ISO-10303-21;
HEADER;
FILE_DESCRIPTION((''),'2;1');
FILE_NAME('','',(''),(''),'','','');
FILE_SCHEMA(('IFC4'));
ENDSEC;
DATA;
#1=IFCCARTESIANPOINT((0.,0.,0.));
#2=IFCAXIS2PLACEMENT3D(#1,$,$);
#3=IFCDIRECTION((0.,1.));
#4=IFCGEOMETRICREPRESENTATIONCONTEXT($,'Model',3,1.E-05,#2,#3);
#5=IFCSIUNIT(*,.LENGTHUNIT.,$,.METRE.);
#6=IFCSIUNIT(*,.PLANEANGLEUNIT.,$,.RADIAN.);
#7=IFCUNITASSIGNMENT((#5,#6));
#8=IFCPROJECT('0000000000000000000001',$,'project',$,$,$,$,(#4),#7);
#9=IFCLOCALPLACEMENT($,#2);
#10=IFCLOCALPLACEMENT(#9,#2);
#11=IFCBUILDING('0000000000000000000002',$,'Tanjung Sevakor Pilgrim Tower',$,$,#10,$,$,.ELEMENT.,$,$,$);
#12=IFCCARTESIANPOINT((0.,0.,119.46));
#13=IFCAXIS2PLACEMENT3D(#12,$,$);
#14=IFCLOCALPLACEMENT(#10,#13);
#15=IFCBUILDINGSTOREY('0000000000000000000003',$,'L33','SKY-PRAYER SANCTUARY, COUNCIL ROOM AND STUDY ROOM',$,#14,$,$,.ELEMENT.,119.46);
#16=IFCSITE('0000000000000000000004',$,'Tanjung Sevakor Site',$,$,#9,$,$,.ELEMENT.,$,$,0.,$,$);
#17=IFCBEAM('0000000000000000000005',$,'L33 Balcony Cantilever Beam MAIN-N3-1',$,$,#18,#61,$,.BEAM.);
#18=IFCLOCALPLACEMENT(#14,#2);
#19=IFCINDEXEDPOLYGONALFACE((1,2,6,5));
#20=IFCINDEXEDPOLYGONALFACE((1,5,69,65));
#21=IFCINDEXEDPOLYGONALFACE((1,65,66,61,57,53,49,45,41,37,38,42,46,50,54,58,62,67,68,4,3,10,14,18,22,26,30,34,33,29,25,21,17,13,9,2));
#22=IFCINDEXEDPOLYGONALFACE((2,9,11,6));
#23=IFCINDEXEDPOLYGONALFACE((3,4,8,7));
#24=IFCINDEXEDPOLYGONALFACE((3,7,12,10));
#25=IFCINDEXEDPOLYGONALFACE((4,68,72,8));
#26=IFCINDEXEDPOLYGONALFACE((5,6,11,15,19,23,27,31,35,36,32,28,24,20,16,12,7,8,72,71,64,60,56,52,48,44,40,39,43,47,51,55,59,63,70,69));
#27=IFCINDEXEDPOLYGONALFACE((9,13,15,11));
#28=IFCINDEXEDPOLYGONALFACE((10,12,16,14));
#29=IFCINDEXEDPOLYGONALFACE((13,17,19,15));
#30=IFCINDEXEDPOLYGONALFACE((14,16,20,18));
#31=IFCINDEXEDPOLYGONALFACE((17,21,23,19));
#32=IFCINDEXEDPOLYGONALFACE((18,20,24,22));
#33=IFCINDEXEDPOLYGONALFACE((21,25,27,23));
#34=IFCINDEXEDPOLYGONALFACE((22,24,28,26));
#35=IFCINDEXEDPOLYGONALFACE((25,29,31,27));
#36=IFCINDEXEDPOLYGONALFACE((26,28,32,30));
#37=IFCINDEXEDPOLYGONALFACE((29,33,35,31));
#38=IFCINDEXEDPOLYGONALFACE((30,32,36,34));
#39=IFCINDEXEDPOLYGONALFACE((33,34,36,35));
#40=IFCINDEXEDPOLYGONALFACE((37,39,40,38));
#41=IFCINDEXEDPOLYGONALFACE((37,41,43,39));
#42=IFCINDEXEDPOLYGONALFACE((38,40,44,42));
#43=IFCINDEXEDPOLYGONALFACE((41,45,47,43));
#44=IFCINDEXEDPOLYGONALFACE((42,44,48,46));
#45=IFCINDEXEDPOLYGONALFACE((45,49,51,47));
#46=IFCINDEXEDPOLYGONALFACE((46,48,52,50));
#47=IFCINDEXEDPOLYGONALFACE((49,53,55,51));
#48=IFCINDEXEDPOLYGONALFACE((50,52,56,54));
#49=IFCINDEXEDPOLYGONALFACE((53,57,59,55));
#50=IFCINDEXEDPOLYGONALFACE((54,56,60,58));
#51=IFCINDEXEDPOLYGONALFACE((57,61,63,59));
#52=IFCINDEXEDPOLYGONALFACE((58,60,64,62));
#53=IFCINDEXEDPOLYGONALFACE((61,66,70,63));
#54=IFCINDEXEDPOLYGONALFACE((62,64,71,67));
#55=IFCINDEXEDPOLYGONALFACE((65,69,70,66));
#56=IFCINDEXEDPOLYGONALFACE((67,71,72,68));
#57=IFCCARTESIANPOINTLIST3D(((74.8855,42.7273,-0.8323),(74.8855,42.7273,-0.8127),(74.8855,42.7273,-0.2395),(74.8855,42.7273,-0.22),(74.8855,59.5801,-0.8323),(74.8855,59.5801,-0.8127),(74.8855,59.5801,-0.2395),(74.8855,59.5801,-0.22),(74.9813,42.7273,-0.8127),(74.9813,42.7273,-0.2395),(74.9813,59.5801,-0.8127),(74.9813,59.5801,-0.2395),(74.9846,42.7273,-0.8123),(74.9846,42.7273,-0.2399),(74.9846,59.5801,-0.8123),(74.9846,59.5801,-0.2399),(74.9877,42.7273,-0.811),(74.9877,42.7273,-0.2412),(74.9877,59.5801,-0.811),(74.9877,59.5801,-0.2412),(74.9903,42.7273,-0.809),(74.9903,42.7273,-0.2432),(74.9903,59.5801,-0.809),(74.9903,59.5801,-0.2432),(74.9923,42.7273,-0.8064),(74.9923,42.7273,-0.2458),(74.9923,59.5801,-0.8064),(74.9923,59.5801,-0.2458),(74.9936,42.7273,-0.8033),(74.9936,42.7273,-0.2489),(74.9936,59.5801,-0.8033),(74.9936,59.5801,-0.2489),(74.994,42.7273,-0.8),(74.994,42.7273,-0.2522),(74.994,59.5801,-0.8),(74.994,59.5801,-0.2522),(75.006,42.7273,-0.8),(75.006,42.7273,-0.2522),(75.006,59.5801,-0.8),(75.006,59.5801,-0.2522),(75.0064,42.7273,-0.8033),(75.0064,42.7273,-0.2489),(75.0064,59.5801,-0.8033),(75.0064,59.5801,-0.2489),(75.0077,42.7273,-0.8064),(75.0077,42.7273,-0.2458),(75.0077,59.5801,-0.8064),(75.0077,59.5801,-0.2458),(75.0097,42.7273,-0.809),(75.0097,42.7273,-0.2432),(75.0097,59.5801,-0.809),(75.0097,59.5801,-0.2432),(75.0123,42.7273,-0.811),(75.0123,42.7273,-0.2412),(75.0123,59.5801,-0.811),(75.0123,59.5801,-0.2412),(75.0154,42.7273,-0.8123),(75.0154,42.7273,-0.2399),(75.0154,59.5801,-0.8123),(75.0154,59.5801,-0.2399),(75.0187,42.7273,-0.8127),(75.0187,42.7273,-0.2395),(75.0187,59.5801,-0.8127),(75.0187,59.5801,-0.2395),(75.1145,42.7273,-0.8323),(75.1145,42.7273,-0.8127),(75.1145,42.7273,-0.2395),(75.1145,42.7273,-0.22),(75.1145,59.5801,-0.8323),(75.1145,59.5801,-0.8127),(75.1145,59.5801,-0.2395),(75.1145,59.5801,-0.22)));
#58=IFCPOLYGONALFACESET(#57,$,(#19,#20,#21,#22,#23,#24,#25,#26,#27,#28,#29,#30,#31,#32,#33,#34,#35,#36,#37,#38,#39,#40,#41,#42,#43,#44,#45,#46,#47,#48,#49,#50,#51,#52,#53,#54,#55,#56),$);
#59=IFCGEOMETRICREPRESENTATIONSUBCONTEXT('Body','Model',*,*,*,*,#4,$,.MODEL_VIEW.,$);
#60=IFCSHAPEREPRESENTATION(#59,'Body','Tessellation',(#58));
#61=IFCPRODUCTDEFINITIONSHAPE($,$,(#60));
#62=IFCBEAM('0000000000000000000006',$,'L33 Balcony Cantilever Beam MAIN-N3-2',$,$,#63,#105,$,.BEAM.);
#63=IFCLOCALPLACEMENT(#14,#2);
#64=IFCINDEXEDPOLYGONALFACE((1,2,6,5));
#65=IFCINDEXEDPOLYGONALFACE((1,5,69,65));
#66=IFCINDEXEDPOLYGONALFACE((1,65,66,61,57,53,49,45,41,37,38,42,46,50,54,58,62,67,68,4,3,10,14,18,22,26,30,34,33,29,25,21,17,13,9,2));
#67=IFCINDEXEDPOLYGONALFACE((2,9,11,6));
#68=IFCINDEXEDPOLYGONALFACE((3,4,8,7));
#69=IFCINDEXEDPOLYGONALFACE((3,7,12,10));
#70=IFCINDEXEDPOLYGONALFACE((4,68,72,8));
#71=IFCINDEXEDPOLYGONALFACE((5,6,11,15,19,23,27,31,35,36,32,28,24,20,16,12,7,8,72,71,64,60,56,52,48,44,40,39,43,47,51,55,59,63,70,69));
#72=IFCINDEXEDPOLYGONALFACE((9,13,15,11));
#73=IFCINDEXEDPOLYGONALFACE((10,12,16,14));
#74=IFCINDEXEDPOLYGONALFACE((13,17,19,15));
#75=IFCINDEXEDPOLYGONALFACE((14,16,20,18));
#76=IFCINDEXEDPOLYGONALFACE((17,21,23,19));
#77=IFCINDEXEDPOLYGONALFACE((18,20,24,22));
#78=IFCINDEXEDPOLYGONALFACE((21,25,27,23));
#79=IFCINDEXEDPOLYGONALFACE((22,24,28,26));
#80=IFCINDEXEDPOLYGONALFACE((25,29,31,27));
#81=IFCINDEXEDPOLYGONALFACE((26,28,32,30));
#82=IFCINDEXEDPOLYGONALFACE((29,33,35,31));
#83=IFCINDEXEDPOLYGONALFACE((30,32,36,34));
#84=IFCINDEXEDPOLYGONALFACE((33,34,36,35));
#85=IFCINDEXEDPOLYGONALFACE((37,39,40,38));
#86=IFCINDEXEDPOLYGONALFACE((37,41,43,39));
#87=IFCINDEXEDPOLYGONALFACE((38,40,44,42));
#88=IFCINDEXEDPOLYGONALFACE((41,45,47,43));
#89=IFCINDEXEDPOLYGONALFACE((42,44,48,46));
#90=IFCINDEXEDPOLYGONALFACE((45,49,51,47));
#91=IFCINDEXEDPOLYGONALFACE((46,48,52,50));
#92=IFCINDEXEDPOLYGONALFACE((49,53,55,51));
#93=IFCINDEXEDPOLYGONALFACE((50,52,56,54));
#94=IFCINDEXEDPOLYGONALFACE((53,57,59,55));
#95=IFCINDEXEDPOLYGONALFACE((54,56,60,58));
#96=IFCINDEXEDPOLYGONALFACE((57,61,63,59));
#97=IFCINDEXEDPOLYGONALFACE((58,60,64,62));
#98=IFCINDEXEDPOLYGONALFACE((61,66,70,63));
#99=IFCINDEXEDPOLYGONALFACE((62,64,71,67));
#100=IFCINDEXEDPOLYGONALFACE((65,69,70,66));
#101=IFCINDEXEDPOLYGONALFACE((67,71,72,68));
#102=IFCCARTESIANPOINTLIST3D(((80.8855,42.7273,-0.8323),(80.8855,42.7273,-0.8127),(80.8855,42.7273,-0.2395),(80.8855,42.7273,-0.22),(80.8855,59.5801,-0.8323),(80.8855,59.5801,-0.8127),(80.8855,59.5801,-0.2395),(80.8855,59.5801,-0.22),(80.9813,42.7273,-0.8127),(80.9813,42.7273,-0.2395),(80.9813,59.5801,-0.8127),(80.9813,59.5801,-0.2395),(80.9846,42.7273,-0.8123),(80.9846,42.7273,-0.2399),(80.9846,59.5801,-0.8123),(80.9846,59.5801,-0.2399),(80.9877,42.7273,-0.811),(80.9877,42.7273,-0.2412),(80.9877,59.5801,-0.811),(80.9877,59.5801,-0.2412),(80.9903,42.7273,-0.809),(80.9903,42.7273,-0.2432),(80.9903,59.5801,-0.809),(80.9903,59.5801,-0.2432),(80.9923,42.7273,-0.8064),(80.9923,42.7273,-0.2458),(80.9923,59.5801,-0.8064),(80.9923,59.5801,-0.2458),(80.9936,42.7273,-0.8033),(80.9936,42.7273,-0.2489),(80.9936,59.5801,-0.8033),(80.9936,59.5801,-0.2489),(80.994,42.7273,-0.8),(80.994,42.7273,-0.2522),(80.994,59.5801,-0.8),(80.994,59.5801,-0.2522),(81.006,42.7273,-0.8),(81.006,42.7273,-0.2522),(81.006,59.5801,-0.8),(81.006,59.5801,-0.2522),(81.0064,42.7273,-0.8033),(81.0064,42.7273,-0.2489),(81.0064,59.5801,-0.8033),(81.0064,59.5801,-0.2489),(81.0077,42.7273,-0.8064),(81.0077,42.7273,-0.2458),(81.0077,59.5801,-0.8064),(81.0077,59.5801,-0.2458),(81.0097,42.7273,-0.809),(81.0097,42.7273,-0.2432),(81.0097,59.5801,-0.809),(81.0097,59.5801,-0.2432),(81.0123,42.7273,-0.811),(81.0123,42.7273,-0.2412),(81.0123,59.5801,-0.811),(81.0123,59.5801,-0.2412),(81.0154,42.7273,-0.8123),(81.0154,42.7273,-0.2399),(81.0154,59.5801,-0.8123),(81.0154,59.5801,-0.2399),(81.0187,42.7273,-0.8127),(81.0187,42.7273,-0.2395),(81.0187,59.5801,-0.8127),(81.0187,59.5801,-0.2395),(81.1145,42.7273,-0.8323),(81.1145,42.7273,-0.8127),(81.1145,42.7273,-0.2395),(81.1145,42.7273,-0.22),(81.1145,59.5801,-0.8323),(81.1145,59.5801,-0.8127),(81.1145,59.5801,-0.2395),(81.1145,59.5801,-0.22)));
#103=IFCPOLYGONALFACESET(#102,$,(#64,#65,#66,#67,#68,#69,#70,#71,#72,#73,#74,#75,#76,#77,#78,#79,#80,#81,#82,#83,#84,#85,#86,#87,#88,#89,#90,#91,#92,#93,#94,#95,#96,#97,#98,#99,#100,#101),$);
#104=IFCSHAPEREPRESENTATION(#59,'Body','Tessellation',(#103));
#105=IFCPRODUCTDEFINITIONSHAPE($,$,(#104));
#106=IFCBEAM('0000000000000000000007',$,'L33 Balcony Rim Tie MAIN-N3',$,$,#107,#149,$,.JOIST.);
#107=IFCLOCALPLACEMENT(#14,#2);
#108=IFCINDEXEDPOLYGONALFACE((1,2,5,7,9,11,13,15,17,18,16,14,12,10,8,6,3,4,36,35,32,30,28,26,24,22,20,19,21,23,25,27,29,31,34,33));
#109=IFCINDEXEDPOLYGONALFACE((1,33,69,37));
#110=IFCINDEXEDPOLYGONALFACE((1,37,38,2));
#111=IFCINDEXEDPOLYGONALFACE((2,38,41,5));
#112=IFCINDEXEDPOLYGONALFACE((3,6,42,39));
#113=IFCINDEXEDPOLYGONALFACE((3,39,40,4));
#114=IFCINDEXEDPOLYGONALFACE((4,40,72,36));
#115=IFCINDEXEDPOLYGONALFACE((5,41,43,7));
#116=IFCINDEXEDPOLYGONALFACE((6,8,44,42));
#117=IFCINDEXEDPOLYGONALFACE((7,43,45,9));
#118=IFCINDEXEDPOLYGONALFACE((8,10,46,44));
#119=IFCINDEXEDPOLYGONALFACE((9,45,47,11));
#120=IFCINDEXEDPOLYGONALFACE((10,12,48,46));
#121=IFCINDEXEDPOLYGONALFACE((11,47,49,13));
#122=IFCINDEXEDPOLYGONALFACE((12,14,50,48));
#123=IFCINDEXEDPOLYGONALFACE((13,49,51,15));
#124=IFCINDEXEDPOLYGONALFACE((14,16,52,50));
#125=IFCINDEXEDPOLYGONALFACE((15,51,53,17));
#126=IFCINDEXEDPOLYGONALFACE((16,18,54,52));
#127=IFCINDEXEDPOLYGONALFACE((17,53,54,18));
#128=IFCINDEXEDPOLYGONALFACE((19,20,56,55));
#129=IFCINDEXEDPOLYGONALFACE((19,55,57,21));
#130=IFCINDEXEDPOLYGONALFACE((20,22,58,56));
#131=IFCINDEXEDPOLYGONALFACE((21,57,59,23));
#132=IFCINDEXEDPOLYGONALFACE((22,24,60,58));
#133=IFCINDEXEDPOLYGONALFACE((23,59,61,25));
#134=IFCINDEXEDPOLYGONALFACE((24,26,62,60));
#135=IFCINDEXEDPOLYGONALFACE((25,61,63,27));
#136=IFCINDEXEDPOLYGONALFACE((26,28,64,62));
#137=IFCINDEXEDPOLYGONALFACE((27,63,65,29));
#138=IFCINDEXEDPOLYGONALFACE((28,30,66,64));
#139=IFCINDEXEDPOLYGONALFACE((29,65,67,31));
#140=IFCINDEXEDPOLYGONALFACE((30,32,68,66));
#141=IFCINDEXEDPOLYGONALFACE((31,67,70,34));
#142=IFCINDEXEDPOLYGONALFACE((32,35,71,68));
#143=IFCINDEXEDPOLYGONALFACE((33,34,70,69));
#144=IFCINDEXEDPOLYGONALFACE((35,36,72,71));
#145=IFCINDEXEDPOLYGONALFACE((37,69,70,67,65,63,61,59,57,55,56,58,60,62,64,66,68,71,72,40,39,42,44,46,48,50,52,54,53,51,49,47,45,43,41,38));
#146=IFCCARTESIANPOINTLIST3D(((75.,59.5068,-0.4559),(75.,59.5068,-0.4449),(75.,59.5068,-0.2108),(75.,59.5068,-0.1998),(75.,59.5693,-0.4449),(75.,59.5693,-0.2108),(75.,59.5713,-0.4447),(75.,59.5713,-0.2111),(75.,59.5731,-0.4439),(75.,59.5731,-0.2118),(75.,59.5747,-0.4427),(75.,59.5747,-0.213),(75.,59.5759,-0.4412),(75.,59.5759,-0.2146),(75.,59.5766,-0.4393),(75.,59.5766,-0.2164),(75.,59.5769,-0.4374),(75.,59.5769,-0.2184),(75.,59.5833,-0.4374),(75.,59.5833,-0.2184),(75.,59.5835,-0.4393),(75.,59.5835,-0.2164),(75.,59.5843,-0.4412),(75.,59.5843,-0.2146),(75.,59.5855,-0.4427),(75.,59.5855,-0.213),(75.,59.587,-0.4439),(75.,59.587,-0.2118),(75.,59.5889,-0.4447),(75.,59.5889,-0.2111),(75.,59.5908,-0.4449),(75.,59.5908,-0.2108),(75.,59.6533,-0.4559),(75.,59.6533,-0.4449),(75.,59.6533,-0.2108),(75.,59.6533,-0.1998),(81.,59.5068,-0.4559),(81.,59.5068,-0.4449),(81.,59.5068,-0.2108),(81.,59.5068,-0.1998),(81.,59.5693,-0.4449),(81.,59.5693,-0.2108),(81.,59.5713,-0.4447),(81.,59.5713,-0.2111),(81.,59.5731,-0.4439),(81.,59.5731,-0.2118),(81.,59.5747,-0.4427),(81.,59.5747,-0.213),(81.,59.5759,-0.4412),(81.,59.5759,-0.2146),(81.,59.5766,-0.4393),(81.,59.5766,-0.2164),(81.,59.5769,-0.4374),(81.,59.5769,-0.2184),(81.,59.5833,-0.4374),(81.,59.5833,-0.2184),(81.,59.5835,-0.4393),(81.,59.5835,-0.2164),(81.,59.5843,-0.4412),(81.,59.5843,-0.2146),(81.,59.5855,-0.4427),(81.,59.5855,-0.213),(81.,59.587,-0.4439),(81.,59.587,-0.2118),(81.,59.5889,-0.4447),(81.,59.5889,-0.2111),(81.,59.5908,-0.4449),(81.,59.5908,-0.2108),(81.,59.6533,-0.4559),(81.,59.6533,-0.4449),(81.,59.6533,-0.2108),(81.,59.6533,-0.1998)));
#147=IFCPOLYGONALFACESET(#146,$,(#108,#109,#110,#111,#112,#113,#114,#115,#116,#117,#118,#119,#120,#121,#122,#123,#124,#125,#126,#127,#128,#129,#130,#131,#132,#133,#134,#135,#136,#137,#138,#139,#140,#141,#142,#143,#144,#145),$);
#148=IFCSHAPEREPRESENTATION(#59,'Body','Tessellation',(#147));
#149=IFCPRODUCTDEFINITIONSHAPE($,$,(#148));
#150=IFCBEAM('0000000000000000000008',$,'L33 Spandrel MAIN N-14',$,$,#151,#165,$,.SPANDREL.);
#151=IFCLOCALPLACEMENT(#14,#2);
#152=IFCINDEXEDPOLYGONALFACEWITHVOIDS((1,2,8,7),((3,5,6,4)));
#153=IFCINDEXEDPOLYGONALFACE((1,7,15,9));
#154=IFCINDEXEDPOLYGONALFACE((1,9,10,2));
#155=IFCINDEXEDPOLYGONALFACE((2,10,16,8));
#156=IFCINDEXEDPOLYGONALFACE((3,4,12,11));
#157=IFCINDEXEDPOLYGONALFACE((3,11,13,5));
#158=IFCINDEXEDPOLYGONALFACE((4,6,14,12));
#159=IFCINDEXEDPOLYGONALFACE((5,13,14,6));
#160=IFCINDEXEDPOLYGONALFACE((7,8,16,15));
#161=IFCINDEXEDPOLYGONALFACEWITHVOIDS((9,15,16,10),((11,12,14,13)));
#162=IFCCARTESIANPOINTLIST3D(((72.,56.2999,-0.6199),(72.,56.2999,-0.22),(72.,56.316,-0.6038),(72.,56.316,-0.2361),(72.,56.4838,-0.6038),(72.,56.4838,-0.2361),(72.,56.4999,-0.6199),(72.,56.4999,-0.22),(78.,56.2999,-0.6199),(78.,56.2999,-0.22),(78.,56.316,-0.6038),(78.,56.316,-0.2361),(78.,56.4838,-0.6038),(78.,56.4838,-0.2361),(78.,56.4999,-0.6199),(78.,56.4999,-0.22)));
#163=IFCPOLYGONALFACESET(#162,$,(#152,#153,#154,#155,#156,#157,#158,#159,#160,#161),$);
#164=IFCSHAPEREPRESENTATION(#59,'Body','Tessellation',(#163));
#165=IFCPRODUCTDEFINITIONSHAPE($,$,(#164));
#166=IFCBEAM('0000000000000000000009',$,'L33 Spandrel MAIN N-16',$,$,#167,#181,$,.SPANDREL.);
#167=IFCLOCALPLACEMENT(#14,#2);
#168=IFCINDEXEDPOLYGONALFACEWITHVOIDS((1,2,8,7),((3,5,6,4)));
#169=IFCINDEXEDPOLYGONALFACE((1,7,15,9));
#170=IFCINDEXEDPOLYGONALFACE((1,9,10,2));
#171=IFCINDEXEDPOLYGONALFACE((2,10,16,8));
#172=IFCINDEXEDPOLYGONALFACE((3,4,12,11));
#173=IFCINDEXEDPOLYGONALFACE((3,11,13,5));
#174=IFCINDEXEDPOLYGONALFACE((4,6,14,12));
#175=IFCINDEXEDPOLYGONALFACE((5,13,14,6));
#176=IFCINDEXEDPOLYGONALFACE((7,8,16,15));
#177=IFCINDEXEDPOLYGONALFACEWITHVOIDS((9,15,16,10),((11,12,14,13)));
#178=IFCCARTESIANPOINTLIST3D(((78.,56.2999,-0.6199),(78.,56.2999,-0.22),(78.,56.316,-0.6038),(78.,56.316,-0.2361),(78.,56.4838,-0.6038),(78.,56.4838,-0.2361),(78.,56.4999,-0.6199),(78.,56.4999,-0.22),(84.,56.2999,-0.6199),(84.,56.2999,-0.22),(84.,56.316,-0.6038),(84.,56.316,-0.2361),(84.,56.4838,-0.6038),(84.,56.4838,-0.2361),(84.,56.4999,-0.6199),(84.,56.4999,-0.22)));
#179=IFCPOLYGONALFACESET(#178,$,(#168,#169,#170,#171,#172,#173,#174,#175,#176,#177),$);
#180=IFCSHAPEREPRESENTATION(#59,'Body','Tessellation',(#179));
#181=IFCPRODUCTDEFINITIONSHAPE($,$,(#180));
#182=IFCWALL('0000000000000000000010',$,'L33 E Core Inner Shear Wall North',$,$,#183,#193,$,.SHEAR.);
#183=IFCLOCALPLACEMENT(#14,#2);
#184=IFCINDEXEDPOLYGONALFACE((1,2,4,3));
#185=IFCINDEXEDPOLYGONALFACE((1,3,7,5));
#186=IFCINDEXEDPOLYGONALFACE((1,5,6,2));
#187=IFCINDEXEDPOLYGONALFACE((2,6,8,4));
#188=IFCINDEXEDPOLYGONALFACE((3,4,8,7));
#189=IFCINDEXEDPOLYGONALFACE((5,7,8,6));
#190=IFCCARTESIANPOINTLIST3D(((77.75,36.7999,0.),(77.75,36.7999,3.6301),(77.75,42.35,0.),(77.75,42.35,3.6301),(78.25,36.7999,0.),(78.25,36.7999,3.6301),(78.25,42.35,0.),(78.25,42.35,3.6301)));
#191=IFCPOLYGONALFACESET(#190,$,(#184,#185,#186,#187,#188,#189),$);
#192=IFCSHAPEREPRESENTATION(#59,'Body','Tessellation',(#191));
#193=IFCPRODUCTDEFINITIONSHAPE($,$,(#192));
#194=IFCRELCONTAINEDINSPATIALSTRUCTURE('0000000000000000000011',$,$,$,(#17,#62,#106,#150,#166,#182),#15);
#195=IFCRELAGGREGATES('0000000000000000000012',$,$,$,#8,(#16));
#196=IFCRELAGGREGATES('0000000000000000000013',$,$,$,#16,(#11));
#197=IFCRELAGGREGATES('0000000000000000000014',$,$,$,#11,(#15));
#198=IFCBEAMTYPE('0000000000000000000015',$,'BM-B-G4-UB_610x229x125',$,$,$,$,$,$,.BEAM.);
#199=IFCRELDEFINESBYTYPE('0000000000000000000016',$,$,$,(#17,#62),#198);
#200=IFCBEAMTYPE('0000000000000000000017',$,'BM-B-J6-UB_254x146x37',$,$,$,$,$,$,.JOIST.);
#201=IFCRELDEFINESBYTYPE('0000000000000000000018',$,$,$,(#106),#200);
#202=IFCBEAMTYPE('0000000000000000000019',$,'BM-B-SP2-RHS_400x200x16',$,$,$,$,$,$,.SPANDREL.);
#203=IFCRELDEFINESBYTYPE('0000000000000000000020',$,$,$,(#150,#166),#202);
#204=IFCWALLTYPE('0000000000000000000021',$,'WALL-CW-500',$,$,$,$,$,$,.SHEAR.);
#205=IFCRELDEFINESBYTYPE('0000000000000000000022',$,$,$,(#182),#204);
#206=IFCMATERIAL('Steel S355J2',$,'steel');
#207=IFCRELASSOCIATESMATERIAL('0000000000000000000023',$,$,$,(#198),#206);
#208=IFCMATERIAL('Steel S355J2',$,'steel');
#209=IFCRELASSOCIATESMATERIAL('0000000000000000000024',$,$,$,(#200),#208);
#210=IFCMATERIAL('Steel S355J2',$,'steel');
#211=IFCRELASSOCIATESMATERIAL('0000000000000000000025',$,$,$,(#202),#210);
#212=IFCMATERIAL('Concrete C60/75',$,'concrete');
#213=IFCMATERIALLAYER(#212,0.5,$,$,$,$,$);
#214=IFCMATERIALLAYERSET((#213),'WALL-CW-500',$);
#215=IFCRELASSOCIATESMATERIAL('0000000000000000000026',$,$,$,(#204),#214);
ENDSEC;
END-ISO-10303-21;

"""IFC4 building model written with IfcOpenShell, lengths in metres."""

from ifc_helpers import new_model, si_unit, direction, frame, frame_2d, origin, origin_2d, place, context, subcontext, project, spatial, rectangle, hollow_rectangle, i_section, extrude, material, layer, layer_set, material_profile, profile_set, type_object, element, save


model = new_model("IFC4")

# Units and contexts
model_context = context("Model", 3, precision=1e-05, world=origin(), true_north=direction((0.0, 1.0)))
body_context = subcontext(model_context, "Body", "Model", "MODEL_VIEW")
ifc_project = project(units=[si_unit("LENGTHUNIT", "METRE"), si_unit("PLANEANGLEUNIT", "RADIAN")], contexts=[model_context])

# Site, building, storey
site_placement = place(None, origin())
site = spatial("IfcSite", under=ifc_project, at=site_placement, Name="Tanjung Sevakor Site", CompositionType="ELEMENT", RefElevation=0.0)
building_placement = place(site_placement, origin())
building = spatial("IfcBuilding", under=site, at=building_placement, Name="Tanjung Sevakor Pilgrim Tower", CompositionType="ELEMENT")
storey_placement = place(building_placement, frame((0.0, 0.0, 119.46)))
storey = spatial("IfcBuildingStorey", under=building, at=storey_placement, Name="L33", Description="SKY-PRAYER SANCTUARY, COUNCIL ROOM AND STUDY ROOM", CompositionType="ELEMENT", Elevation=119.46)

# Beams
ifc_material_1 = material(Name="Steel S355J2", Category="steel")
ifc_material_profile_1 = material_profile(ifc_material_1, i_section(OverallWidth=0.229, OverallDepth=0.6123, WebThickness=0.012, FlangeThickness=0.0195, FilletRadius=0.0127, at=origin_2d()))
ifc_profile_set_1 = profile_set([ifc_material_profile_1], Name="Steel S355J2")
beam_type_1 = type_object("IfcBeamType", Name="BM-B-G4-UB_610x229x125", PredefinedType="BEAM", material=ifc_profile_set_1)
for number, where, z_axis, x_axis, name in (
    (1, (75.0, 42.7273, -0.5261), (0.0, 1.0, 0.0), (-1.0, 0.0, 0.0), "L33 Balcony Cantilever Beam MAIN-N3-1"),
    (2, (81.0, 42.7273, -0.5261), (0.0, 1.0, 0.0), (-1.0, 0.0, 0.0), "L33 Balcony Cantilever Beam MAIN-N3-2"),
):
    element("IfcBeam", number, at=place(storey_placement, frame(where, z_axis=z_axis, x_axis=x_axis)), inside=storey, type_object=beam_type_1, Name=name, PredefinedType="BEAM", context=body_context, shape_type="SweptSolid", body=[
        extrude(i_section(OverallWidth=0.229, OverallDepth=0.6123, WebThickness=0.012, FlangeThickness=0.0195, FilletRadius=0.0127, at=origin_2d()), origin(), (0.0, 0.0, 1.0), 16.8528),
    ])
ifc_material_2 = material(Name="Steel S355J2", Category="steel")
ifc_material_profile_2 = material_profile(ifc_material_2, i_section(OverallWidth=0.1465, OverallDepth=0.2561, WebThickness=0.0063, FlangeThickness=0.011, FilletRadius=0.0076, at=origin_2d()))
ifc_profile_set_2 = profile_set([ifc_material_profile_2], Name="Steel S355J2")
beam_type_2 = type_object("IfcBeamType", Name="BM-B-J6-UB_254x146x37", PredefinedType="JOIST", material=ifc_profile_set_2)
beam_1_placement = place(storey_placement, frame((75.0, 59.5801, -0.3279), z_axis=(1.0, 0.0, 0.0), x_axis=(0.0, 1.0, 0.0)))
element("IfcBeam", 3, at=beam_1_placement, inside=storey, type_object=beam_type_2, Name="L33 Balcony Rim Tie MAIN-N3", PredefinedType="JOIST", context=body_context, shape_type="SweptSolid", body=[
    extrude(i_section(OverallWidth=0.1465, OverallDepth=0.2561, WebThickness=0.0063, FlangeThickness=0.011, FilletRadius=0.0076, at=origin_2d()), origin(), (0.0, 0.0, 1.0), 6.0),
])
ifc_material_3 = material(Name="Steel S355J2", Category="steel")
ifc_material_profile_3 = material_profile(ifc_material_3, hollow_rectangle(XDim=0.2, YDim=0.3999, WallThickness=0.0161, at=origin_2d()))
ifc_profile_set_3 = profile_set([ifc_material_profile_3], Name="Steel S355J2")
beam_type_3 = type_object("IfcBeamType", Name="BM-B-SP2-RHS_400x200x16", PredefinedType="SPANDREL", material=ifc_profile_set_3)
for number, where, z_axis, x_axis, name in (
    (4, (72.0, 56.3999, -0.4199), (1.0, 0.0, 0.0), (0.0, 1.0, 0.0), "L33 Spandrel MAIN N-14"),
    (5, (78.0, 56.3999, -0.4199), (1.0, 0.0, 0.0), (0.0, 1.0, 0.0), "L33 Spandrel MAIN N-16"),
):
    element("IfcBeam", number, at=place(storey_placement, frame(where, z_axis=z_axis, x_axis=x_axis)), inside=storey, type_object=beam_type_3, Name=name, PredefinedType="SPANDREL", context=body_context, shape_type="SweptSolid", body=[
        extrude(hollow_rectangle(XDim=0.2, YDim=0.3999, WallThickness=0.0161, at=origin_2d()), origin(), (0.0, 0.0, 1.0), 6.0),
    ])

# Wall
ifc_material_4 = material(Name="Concrete C60/75", Category="concrete")
ifc_layer_1 = layer(ifc_material_4, 0.5)
ifc_layer_set_1 = layer_set([ifc_layer_1], Name="WALL-CW-500")
wall_type_1 = type_object("IfcWallType", Name="WALL-CW-500", PredefinedType="SHEAR", material=ifc_layer_set_1)
wall_1_placement = place(storey_placement, frame((78.0, 36.8, 0.0), z_axis=(0.0, 0.0, 1.0), x_axis=(0.0, 1.0, 0.0)))
element("IfcWall", 6, at=wall_1_placement, inside=storey, type_object=wall_type_1, Name="L33 E Core Inner Shear Wall North", PredefinedType="SHEAR", context=body_context, shape_type="SweptSolid", body=[
    extrude(rectangle(XDim=5.55, YDim=0.5, at=frame_2d((2.7749, 0.0))), origin(), (0.0, 0.0, 1.0), 3.6301),
])

save(model, "model.ifc")
